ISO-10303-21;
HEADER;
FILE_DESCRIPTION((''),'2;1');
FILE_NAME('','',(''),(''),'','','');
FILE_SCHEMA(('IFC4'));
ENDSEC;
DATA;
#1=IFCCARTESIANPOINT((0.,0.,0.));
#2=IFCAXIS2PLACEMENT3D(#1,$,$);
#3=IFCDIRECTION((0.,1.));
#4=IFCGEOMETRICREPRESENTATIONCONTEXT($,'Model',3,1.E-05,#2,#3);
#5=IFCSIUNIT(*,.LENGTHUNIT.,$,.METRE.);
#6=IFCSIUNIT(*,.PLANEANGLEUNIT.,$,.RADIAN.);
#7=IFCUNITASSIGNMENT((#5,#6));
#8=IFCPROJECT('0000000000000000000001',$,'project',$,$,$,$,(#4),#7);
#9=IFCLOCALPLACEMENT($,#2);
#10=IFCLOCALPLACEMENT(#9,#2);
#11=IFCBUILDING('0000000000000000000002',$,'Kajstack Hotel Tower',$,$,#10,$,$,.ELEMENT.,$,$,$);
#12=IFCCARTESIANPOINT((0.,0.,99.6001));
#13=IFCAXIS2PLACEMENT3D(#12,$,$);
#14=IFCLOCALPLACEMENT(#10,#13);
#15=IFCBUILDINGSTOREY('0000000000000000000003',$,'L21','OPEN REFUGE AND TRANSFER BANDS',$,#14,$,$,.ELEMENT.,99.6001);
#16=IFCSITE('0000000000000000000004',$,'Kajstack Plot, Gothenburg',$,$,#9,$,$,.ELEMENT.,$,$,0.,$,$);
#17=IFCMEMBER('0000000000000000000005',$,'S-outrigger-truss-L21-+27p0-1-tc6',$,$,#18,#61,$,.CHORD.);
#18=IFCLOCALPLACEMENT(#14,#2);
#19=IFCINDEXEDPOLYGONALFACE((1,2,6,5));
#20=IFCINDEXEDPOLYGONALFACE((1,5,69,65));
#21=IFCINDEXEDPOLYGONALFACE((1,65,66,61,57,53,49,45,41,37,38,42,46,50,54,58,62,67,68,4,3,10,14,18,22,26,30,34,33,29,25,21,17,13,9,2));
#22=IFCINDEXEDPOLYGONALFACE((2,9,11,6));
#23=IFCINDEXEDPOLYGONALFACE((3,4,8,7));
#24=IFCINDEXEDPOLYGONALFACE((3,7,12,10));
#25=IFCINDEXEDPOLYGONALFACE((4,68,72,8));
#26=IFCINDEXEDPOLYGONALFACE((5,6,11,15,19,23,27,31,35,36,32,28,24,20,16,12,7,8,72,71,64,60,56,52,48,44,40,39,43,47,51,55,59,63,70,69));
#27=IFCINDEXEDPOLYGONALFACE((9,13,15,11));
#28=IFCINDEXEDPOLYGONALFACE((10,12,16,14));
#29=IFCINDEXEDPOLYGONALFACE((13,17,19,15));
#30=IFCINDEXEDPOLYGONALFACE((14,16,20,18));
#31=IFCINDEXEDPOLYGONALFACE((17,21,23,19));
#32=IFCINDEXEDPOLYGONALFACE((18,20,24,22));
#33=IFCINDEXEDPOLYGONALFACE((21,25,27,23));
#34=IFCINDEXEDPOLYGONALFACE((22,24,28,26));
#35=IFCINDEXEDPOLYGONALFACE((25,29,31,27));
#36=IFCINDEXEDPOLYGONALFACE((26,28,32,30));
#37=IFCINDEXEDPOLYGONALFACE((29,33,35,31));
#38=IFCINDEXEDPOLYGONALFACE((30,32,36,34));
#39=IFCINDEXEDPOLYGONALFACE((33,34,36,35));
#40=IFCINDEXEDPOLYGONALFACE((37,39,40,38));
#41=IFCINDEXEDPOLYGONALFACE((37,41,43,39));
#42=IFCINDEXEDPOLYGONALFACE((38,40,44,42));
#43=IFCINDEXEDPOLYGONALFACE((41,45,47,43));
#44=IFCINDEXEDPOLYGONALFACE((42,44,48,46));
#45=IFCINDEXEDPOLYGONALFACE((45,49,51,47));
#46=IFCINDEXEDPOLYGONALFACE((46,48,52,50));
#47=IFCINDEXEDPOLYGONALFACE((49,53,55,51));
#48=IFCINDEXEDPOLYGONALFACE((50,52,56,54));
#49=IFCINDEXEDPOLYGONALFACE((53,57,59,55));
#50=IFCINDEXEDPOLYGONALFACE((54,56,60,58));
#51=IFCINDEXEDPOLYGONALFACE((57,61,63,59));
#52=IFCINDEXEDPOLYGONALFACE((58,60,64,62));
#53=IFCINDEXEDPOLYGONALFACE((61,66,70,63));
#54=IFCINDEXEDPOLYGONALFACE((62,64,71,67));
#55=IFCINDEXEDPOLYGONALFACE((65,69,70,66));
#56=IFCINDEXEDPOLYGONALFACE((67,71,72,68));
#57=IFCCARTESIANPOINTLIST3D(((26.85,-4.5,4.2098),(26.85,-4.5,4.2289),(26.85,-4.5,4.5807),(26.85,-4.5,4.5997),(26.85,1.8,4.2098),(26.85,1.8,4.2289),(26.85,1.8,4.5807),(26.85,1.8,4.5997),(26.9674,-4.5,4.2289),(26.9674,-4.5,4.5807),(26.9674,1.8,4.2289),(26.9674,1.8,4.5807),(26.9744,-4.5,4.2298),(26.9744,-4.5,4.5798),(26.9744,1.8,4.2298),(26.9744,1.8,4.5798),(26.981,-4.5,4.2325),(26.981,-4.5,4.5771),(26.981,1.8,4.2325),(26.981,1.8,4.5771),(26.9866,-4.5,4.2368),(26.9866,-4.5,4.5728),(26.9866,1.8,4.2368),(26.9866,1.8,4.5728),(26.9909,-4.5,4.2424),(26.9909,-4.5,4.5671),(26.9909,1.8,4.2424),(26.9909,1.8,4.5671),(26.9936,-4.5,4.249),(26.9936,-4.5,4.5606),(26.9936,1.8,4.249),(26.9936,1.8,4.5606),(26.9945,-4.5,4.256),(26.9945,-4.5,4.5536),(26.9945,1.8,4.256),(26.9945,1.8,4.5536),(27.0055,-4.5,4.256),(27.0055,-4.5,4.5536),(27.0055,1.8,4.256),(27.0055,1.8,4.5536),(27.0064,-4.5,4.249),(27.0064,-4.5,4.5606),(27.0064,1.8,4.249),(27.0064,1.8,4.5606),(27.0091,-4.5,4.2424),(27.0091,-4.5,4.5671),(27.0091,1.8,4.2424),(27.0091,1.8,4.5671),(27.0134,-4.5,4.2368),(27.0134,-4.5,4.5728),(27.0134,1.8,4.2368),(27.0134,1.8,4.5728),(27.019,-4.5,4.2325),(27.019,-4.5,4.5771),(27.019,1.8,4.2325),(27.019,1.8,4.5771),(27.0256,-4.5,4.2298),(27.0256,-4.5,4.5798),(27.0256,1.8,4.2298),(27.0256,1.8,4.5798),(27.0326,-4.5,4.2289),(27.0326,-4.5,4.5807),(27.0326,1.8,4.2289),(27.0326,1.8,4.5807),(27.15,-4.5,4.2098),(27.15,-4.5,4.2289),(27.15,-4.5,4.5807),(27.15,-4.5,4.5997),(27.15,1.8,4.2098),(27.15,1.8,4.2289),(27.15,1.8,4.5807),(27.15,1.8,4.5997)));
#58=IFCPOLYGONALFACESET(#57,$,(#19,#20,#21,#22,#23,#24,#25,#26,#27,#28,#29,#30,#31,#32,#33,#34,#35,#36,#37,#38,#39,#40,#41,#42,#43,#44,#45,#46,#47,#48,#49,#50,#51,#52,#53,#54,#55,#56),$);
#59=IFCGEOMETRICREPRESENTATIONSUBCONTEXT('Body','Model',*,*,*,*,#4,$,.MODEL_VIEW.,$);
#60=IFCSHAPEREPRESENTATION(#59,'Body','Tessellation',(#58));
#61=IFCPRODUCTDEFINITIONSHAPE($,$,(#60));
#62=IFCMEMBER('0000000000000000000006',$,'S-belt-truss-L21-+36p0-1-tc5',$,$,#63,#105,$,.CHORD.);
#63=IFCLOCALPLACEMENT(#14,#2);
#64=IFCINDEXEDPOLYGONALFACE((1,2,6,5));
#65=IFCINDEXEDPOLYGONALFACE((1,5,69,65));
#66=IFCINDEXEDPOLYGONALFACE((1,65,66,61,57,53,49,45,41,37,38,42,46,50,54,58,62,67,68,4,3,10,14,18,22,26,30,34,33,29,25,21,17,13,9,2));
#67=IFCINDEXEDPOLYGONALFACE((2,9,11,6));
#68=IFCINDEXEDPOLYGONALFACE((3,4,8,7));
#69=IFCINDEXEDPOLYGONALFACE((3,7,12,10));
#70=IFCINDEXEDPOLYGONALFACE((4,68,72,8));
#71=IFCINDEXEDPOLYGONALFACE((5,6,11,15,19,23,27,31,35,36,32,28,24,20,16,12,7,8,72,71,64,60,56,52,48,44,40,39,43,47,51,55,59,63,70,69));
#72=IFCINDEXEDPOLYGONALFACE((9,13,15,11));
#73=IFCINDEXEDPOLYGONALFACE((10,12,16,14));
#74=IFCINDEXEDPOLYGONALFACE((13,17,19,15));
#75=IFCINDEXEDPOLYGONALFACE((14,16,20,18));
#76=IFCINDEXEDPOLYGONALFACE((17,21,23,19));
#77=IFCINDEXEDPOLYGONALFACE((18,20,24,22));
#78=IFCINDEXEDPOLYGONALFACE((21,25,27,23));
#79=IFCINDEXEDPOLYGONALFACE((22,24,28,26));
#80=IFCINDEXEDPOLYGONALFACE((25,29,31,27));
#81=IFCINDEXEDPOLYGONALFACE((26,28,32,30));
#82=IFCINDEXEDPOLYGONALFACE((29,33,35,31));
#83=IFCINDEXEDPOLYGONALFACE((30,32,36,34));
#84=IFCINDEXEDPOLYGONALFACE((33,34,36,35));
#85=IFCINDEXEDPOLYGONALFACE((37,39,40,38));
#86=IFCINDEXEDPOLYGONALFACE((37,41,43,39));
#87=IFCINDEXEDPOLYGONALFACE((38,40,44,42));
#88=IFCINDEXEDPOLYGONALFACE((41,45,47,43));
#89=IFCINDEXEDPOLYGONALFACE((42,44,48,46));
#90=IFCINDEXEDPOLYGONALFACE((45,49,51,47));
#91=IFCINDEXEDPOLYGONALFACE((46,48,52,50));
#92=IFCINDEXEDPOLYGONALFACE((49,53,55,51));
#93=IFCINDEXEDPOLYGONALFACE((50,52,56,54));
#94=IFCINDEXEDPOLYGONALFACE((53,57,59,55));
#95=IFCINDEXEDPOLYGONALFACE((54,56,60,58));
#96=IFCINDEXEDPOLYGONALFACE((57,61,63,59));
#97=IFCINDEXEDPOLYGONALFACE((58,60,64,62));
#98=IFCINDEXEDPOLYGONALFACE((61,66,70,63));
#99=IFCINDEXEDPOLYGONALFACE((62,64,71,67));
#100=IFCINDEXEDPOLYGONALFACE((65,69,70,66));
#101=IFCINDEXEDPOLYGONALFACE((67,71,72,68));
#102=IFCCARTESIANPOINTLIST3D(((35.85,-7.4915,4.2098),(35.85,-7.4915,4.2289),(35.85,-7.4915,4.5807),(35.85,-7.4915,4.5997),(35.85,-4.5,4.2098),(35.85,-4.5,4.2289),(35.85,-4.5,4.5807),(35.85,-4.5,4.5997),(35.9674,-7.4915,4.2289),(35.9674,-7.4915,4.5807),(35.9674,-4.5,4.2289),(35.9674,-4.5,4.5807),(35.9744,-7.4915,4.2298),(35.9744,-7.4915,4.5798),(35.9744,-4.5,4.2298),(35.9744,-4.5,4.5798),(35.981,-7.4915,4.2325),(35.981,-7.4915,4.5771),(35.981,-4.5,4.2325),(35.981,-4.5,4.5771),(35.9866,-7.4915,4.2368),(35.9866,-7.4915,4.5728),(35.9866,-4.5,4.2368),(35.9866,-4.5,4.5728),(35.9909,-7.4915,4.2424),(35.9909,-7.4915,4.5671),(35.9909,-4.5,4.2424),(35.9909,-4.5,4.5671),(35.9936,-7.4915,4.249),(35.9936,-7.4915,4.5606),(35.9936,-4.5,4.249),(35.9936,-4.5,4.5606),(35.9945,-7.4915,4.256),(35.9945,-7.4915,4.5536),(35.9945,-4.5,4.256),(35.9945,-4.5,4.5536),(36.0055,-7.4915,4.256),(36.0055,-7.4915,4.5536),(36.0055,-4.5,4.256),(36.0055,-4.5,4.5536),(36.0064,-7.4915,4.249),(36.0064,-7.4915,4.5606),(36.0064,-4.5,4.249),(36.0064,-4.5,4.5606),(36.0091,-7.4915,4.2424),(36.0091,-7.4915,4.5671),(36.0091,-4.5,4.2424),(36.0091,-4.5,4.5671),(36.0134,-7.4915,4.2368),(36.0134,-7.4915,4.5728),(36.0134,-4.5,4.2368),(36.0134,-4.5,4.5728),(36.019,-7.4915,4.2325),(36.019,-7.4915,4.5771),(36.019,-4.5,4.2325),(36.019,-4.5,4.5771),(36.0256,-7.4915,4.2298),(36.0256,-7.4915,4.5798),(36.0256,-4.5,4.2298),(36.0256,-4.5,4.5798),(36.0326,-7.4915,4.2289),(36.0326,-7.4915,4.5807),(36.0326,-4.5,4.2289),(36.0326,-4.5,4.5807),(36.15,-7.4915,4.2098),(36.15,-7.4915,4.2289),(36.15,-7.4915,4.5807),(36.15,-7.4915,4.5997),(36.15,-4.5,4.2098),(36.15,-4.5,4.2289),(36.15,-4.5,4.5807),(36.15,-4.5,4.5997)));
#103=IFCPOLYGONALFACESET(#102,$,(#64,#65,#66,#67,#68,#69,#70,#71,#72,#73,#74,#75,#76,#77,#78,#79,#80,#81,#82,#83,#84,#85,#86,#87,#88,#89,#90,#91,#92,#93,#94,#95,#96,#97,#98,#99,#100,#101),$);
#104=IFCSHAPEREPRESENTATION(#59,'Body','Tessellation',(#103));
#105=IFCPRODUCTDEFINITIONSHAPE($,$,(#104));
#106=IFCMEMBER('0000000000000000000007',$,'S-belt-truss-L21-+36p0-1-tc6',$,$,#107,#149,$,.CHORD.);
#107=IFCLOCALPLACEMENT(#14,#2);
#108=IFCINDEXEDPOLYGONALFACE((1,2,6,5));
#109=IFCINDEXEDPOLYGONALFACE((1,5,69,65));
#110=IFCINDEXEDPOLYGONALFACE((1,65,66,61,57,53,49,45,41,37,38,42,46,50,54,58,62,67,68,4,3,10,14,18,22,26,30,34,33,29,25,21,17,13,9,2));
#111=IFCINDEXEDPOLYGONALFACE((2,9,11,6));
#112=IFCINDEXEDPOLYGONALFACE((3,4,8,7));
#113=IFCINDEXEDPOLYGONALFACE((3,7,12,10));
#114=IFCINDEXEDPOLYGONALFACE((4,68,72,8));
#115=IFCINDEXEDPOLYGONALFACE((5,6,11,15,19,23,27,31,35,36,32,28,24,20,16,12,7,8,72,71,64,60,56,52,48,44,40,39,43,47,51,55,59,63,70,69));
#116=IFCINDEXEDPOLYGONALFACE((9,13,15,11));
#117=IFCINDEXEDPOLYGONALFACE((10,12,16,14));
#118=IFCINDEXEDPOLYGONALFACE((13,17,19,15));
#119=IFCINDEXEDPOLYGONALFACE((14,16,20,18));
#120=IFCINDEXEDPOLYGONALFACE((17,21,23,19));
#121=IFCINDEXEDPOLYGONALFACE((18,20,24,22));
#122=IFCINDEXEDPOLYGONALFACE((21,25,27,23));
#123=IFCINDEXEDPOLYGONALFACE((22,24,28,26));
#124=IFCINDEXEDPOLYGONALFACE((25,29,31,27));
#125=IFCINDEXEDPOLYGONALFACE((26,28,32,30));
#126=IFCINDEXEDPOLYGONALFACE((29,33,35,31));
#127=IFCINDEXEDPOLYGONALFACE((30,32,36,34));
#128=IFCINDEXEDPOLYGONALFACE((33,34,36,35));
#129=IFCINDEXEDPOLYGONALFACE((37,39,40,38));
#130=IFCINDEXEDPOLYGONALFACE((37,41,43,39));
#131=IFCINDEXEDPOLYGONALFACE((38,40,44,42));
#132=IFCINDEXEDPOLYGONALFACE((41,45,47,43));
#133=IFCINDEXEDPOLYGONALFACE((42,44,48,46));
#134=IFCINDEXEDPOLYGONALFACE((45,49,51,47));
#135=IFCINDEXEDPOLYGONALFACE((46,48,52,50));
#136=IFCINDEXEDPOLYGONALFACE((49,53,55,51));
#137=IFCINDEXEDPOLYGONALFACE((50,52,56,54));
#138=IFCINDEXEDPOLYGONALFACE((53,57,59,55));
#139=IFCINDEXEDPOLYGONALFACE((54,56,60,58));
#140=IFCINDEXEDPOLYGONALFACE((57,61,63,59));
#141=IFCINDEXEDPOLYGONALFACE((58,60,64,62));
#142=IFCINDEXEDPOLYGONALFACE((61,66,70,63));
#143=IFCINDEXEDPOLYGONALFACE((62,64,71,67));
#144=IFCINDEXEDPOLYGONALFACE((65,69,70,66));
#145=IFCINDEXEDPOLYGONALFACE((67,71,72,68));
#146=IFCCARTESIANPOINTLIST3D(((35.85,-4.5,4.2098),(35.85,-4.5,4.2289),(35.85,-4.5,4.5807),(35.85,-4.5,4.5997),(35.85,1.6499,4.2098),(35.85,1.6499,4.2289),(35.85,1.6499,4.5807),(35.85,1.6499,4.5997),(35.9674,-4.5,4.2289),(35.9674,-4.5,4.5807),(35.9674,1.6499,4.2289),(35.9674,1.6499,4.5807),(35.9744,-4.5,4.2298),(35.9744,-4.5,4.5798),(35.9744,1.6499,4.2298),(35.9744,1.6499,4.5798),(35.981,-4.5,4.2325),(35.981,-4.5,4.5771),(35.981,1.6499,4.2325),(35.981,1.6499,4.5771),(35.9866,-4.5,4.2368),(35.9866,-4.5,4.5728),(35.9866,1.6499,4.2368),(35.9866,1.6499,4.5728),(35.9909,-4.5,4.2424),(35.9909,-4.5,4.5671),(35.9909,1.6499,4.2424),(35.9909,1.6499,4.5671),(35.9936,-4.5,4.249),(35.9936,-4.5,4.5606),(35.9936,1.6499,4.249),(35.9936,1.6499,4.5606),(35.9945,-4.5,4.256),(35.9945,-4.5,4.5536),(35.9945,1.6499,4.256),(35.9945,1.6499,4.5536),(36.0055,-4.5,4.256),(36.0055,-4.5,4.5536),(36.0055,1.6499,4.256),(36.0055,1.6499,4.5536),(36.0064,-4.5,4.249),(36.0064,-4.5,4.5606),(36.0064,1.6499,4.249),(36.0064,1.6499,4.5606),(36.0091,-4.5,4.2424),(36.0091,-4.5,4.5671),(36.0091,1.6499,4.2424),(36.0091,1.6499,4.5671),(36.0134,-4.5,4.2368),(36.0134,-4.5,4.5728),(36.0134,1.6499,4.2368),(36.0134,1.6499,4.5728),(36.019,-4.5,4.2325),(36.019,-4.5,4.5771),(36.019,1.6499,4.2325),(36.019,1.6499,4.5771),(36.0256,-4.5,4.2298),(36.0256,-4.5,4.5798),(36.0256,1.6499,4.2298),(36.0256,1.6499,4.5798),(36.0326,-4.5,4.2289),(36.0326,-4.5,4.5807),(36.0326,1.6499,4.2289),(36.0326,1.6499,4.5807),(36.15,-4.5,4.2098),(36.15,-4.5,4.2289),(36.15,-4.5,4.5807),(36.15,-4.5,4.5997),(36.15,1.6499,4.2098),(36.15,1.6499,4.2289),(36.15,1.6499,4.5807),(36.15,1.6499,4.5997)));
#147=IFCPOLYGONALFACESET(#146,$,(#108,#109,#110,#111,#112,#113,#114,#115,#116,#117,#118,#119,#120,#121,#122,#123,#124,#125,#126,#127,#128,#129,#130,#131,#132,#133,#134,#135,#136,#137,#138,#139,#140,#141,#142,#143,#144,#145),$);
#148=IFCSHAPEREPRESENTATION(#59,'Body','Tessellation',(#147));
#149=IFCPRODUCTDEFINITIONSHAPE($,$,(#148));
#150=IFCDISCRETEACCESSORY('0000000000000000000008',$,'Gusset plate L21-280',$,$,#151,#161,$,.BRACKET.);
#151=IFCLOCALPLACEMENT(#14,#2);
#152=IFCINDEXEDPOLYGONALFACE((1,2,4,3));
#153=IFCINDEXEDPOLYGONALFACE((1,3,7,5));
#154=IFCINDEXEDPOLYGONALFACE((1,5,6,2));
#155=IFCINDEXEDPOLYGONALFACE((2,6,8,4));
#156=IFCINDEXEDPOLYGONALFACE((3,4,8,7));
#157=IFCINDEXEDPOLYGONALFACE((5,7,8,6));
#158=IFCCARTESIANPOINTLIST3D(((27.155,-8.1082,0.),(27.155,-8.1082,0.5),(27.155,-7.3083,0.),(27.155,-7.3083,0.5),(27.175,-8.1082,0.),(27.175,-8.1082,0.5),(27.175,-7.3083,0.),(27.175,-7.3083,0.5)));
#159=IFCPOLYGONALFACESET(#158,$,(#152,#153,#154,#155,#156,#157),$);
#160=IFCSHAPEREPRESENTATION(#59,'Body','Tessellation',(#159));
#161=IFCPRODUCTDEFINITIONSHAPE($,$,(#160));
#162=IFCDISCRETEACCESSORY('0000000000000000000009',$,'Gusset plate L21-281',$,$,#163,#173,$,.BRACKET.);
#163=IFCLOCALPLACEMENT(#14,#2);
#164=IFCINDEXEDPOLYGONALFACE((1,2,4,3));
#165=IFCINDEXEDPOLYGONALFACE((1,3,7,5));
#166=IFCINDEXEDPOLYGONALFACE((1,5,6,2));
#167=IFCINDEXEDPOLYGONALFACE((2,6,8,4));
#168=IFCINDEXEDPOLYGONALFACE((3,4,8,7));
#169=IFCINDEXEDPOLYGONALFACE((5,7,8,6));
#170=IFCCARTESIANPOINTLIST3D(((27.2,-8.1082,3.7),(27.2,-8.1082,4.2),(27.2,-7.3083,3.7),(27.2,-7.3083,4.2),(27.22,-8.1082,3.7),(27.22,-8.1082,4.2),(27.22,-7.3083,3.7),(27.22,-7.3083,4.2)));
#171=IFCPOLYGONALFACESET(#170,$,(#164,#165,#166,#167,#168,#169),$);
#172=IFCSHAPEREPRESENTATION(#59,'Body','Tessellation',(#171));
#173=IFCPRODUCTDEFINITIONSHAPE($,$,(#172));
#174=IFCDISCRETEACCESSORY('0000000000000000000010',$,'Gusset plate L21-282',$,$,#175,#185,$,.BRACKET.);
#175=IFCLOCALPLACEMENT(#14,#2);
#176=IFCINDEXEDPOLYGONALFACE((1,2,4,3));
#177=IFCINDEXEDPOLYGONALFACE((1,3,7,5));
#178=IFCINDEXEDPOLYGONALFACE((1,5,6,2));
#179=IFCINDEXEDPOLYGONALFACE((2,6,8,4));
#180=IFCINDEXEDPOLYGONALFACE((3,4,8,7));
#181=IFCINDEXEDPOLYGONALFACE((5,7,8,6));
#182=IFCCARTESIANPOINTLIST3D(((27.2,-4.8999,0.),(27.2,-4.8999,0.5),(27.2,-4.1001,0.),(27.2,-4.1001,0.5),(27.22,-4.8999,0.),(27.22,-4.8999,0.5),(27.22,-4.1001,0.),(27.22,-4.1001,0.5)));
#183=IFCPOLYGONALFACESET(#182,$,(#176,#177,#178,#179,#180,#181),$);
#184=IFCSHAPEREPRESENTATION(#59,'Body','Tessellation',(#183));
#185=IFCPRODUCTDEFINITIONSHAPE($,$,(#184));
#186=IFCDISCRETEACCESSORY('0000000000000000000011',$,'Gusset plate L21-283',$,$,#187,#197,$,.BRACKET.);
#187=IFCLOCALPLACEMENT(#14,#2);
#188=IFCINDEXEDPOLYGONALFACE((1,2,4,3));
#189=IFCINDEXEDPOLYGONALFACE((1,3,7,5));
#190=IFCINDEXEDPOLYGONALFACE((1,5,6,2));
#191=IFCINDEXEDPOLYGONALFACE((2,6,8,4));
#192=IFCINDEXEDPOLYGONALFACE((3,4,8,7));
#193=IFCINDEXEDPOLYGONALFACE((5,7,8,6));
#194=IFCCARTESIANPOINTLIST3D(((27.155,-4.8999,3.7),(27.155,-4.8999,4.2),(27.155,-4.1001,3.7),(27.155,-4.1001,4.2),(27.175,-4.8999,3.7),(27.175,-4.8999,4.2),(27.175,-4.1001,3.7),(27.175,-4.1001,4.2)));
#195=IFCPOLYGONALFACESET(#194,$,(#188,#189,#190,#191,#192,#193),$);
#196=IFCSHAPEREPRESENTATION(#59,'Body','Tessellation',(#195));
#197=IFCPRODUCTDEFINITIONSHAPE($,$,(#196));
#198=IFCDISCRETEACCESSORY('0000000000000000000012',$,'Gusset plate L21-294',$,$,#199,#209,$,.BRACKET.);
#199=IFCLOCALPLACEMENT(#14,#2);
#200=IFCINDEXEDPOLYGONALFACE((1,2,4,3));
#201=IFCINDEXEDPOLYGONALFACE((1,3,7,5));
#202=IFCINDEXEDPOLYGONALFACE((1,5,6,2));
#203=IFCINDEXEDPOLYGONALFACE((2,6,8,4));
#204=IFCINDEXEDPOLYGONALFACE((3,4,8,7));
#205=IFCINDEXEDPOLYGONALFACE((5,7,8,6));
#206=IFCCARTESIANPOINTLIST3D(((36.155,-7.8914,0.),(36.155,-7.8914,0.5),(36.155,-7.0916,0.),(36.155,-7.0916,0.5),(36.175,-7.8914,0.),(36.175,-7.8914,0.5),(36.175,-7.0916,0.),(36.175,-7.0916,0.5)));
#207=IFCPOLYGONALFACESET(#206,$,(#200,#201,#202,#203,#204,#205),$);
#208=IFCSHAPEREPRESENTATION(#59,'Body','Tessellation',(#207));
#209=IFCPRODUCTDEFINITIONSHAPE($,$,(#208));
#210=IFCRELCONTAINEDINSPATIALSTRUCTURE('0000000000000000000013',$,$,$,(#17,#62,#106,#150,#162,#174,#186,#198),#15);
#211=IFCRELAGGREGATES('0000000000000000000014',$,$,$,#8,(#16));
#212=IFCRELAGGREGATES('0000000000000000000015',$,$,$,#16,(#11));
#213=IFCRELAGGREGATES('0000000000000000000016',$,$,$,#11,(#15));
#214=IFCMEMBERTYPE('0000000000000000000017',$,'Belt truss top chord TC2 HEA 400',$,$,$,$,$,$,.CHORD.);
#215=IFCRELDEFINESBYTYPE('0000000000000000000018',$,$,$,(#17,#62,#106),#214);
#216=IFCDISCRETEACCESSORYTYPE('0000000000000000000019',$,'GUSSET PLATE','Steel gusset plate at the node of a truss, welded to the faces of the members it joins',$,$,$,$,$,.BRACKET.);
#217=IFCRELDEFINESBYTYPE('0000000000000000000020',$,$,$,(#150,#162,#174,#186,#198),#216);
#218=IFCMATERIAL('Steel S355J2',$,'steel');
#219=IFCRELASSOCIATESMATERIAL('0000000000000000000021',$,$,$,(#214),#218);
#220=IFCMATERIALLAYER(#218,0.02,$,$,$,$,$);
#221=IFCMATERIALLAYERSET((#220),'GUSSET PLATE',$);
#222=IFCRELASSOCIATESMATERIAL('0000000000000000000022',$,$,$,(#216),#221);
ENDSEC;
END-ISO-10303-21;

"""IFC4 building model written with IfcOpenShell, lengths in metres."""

from ifc_helpers import new_model, si_unit, direction, frame, origin, origin_2d, place, context, subcontext, project, spatial, polyline, i_section, outline, extrude, material, layer, layer_set, material_profile, profile_set, type_object, element, save


model = new_model("IFC4")

# Units and contexts
model_context = context("Model", 3, precision=1e-05, world=origin(), true_north=direction((0.0, 1.0)))
body_context = subcontext(model_context, "Body", "Model", "MODEL_VIEW")
ifc_project = project(units=[si_unit("LENGTHUNIT", "METRE"), si_unit("PLANEANGLEUNIT", "RADIAN")], contexts=[model_context])

# Site, building, storey
site_placement = place(None, origin())
site = spatial("IfcSite", under=ifc_project, at=site_placement, Name="Kajstack Plot, Gothenburg", CompositionType="ELEMENT", RefElevation=0.0)
building_placement = place(site_placement, origin())
building = spatial("IfcBuilding", under=site, at=building_placement, Name="Kajstack Hotel Tower", CompositionType="ELEMENT")
storey_placement = place(building_placement, frame((0.0, 0.0, 99.6001)))
storey = spatial("IfcBuildingStorey", under=building, at=storey_placement, Name="L21", Description="OPEN REFUGE AND TRANSFER BANDS", CompositionType="ELEMENT", Elevation=99.6001)

# Members
ifc_material = material(Name="Steel S355J2", Category="steel")
ifc_material_profile_1 = material_profile(ifc_material, i_section(OverallWidth=0.3, OverallDepth=0.3899, WebThickness=0.011, FlangeThickness=0.019, FilletRadius=0.0271, at=origin_2d()), Name="HEA 400")
ifc_profile_set_1 = profile_set([ifc_material_profile_1], Name="Steel S355J2")
member_type_1 = type_object("IfcMemberType", Name="Belt truss top chord TC2 HEA 400", PredefinedType="CHORD", material=ifc_profile_set_1)
member_1_placement = place(storey_placement, frame((27.0, -4.5, 4.4048), z_axis=(0.0, 1.0, 0.0), x_axis=(-1.0, 0.0, 0.0)))
element("IfcMember", 1, at=member_1_placement, inside=storey, type_object=member_type_1, Name="S-outrigger-truss-L21-+27p0-1-tc6", PredefinedType="CHORD", context=body_context, shape_type="SweptSolid", body=[
    extrude(i_section(OverallWidth=0.3, OverallDepth=0.3899, WebThickness=0.011, FlangeThickness=0.019, FilletRadius=0.0271, at=origin_2d()), origin(), (0.0, 0.0, 1.0), 6.3),
])
member_2_placement = place(storey_placement, frame((36.0, -7.4915, 4.4048), z_axis=(0.0, 1.0, 0.0), x_axis=(-1.0, 0.0, 0.0)))
element("IfcMember", 2, at=member_2_placement, inside=storey, type_object=member_type_1, Name="S-belt-truss-L21-+36p0-1-tc5", PredefinedType="CHORD", context=body_context, shape_type="SweptSolid", body=[
    extrude(i_section(OverallWidth=0.3, OverallDepth=0.3899, WebThickness=0.011, FlangeThickness=0.019, FilletRadius=0.0271, at=origin_2d()), origin(), (0.0, 0.0, 1.0), 2.9915),
])
member_3_placement = place(storey_placement, frame((36.0, -4.5, 4.4048), z_axis=(0.0, 1.0, 0.0), x_axis=(-1.0, 0.0, 0.0)))
element("IfcMember", 3, at=member_3_placement, inside=storey, type_object=member_type_1, Name="S-belt-truss-L21-+36p0-1-tc6", PredefinedType="CHORD", context=body_context, shape_type="SweptSolid", body=[
    extrude(i_section(OverallWidth=0.3, OverallDepth=0.3899, WebThickness=0.011, FlangeThickness=0.019, FilletRadius=0.0271, at=origin_2d()), origin(), (0.0, 0.0, 1.0), 6.1499),
])

# Discrete accessories
ifc_layer = layer(ifc_material, 0.02)
ifc_layer_set = layer_set([ifc_layer], Name="GUSSET PLATE")
discrete_accessory_type = type_object("IfcDiscreteAccessoryType", Name="GUSSET PLATE", Description="Steel gusset plate at the node of a truss, welded to the faces of the members it joins", PredefinedType="BRACKET", material=ifc_layer_set)
for number, where, z_axis, x_axis, name in (
    (4, (27.155, -7.7083, 0.0), (1.0, 0.0, 0.0), (0.0, 1.0, 0.0), "Gusset plate L21-280"),
    (5, (27.2, -7.7083, 3.7), (1.0, 0.0, 0.0), (0.0, 1.0, 0.0), "Gusset plate L21-281"),
    (6, (27.2, -4.5, 0.0), (1.0, 0.0, 0.0), (0.0, 1.0, 0.0), "Gusset plate L21-282"),
    (7, (27.155, -4.5, 3.7), (1.0, 0.0, 0.0), (0.0, 1.0, 0.0), "Gusset plate L21-283"),
    (8, (36.155, -7.4915, 0.0), (1.0, 0.0, 0.0), (0.0, 1.0, 0.0), "Gusset plate L21-294"),
):
    element("IfcDiscreteAccessory", number, at=place(storey_placement, frame(where, z_axis=z_axis, x_axis=x_axis)), inside=storey, type_object=discrete_accessory_type, Name=name, PredefinedType="BRACKET", context=body_context, shape_type="SweptSolid", body=[
        extrude(outline(polyline([(-0.3999, 0.0), (0.3999, 0.0), (0.3999, 0.5), (-0.3999, 0.5), (-0.3999, 0.0)])), origin(), (0.0, 0.0, 1.0), 0.02),
    ])

save(model, "model.ifc")
